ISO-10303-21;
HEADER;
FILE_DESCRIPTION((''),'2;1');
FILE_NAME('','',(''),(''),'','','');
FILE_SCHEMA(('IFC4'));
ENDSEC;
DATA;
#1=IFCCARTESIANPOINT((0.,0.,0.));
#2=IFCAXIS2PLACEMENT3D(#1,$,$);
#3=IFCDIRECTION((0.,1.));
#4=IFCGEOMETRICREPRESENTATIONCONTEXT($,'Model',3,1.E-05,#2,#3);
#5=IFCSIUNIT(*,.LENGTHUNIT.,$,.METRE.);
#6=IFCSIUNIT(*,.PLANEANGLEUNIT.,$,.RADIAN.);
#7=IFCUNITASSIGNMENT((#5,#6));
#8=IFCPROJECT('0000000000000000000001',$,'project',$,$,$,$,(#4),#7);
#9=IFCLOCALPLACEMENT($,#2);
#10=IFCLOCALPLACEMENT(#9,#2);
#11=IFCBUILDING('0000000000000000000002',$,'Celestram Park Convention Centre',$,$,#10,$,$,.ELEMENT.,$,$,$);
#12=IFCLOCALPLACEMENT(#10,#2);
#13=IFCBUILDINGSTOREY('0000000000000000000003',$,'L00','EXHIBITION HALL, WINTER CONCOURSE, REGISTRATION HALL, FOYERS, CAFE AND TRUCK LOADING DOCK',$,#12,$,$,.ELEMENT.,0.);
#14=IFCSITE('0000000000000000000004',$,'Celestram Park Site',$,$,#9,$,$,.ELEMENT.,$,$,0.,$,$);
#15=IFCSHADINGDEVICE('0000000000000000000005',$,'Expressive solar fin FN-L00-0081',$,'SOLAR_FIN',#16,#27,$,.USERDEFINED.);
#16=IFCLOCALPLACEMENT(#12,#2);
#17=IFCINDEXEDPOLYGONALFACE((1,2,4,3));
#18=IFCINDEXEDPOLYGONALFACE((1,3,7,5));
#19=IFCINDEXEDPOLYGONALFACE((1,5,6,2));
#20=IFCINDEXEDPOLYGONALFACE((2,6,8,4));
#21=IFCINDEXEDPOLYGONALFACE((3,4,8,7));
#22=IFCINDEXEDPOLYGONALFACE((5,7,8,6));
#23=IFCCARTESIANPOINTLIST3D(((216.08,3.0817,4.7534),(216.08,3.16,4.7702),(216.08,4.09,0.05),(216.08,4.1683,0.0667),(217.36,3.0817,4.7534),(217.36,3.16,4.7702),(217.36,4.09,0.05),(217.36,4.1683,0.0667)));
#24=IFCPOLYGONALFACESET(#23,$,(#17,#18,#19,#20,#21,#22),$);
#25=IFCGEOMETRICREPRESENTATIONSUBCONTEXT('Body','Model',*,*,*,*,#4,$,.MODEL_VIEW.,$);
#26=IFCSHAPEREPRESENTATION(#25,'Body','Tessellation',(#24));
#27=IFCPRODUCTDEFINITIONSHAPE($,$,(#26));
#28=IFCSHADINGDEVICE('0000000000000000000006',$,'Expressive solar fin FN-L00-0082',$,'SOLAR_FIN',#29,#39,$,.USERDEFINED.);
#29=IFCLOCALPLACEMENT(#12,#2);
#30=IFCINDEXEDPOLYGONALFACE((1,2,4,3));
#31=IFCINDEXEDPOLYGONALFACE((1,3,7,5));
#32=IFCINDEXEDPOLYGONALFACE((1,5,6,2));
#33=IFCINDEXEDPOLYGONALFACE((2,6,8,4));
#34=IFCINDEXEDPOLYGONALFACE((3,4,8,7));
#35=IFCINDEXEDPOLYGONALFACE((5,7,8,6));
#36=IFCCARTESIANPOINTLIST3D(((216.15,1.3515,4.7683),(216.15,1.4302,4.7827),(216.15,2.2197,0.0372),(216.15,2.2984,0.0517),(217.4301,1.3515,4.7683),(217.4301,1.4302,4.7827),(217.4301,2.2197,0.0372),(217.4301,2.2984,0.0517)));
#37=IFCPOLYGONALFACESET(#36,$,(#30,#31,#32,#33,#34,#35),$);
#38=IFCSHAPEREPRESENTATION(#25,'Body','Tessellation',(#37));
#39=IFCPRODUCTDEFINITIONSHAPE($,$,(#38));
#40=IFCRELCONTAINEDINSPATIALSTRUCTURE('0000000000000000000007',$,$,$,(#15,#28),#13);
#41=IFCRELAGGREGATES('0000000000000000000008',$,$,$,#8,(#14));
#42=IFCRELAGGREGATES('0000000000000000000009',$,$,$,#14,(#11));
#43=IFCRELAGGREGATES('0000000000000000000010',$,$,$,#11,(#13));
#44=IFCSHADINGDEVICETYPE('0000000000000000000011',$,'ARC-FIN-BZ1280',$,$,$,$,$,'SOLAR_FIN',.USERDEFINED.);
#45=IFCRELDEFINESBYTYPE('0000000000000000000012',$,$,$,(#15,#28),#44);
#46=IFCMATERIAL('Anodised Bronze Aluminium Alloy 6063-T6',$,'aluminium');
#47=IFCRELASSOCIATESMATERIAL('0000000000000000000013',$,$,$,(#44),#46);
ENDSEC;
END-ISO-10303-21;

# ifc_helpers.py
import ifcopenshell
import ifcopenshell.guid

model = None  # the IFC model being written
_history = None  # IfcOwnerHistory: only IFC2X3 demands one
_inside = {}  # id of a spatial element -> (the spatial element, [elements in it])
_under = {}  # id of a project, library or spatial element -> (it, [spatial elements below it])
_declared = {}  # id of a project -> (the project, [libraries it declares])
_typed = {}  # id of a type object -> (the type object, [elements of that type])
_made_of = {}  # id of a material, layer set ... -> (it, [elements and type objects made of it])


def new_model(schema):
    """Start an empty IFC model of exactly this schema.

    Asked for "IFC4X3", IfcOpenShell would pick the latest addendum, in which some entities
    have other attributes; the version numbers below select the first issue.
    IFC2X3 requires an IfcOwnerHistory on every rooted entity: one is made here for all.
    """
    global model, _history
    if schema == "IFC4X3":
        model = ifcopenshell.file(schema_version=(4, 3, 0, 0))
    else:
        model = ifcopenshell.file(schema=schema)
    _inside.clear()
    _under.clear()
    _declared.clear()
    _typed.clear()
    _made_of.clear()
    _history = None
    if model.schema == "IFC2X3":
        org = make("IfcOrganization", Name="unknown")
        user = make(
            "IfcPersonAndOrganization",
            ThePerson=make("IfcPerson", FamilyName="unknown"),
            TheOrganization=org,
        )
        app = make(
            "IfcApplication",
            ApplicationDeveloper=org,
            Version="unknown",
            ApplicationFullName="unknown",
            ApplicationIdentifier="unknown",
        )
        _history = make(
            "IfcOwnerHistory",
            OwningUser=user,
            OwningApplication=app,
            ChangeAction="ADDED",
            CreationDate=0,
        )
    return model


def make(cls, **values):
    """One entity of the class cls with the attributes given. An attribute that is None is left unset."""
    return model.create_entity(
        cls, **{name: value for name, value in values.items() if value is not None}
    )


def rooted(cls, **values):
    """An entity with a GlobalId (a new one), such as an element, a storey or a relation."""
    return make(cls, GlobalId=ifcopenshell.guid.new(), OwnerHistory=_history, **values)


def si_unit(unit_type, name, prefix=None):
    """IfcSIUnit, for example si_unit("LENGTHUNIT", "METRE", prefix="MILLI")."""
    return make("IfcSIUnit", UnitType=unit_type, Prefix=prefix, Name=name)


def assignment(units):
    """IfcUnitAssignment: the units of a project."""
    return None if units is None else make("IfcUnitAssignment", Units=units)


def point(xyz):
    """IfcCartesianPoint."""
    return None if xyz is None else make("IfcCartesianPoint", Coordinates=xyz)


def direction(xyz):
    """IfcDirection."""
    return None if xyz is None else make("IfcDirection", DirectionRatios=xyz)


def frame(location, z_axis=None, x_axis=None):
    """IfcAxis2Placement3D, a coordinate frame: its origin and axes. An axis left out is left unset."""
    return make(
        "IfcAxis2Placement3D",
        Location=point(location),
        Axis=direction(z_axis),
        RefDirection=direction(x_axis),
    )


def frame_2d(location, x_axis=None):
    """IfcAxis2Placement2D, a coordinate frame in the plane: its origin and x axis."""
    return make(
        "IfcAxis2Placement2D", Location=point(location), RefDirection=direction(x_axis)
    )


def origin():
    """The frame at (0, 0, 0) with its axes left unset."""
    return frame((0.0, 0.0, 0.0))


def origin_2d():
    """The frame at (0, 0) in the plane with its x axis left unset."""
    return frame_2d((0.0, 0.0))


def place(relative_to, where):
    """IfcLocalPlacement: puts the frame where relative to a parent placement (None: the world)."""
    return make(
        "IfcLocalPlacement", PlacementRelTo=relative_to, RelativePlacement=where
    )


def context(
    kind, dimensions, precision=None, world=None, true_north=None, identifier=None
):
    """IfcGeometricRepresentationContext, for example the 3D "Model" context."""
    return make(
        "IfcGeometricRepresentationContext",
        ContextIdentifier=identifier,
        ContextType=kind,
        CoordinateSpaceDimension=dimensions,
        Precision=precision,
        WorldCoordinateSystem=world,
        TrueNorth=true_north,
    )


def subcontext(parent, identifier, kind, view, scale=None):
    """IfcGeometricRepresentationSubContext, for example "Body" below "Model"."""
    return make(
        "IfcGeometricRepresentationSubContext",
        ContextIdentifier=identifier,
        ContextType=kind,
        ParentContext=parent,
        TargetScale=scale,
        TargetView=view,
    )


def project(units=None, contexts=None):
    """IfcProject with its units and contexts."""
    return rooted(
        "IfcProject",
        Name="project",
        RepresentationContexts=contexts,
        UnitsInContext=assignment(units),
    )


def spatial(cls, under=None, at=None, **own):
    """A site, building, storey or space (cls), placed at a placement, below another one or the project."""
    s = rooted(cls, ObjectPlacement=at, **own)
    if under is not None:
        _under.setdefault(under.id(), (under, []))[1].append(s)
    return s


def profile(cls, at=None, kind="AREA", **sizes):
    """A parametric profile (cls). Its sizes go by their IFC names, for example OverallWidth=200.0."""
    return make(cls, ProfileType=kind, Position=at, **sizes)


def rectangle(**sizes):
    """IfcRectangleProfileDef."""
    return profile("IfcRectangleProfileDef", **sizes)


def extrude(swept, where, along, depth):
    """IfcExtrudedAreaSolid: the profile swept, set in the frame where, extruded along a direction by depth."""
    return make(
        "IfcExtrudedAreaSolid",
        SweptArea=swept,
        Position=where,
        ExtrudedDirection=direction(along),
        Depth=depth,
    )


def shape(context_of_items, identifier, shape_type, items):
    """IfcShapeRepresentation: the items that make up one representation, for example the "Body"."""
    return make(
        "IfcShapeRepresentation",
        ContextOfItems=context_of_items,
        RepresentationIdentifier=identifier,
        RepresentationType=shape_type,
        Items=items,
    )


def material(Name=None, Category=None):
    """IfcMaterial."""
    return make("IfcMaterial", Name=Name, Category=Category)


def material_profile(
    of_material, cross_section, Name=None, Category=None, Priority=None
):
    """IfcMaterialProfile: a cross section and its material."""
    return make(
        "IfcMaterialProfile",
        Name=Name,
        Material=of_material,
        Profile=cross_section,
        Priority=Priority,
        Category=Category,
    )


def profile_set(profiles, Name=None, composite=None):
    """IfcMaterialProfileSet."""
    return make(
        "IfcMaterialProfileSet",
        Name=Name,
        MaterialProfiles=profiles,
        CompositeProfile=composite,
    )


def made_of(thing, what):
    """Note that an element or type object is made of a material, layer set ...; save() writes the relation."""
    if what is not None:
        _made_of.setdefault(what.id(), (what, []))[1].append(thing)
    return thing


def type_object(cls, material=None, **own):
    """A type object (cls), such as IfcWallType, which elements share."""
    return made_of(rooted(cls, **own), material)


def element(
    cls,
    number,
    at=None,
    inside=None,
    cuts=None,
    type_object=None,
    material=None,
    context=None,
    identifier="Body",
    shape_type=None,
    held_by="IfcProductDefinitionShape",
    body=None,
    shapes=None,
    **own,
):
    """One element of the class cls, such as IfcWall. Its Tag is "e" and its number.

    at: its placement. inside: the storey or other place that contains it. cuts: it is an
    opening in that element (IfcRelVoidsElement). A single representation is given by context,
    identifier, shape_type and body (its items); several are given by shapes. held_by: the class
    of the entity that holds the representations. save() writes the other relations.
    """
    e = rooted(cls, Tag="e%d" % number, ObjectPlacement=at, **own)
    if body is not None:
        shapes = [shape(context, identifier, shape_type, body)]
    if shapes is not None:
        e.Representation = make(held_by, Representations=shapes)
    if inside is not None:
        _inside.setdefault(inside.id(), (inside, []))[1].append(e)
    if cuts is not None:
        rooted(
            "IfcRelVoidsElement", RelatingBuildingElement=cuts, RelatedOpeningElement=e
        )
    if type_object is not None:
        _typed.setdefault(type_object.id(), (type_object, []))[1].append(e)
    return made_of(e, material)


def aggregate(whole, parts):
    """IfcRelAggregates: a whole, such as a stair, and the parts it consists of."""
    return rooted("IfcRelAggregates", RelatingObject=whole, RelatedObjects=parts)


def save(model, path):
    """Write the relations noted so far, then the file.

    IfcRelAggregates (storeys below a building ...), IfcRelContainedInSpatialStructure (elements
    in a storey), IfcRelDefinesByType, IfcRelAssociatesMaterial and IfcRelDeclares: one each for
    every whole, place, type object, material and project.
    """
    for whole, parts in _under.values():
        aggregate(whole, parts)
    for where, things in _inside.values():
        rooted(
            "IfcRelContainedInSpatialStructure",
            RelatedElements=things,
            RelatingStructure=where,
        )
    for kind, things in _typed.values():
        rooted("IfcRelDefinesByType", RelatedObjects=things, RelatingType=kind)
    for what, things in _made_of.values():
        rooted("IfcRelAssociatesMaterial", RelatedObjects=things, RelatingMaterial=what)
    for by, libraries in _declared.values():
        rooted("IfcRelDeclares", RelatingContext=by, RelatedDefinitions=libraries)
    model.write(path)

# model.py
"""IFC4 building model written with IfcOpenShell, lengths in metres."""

from ifc_helpers import new_model, si_unit, direction, frame, origin, origin_2d, place, context, subcontext, project, spatial, rectangle, extrude, material, material_profile, profile_set, type_object, element, save


model = new_model("IFC4")

# Units and contexts
model_context = context("Model", 3, precision=1e-05, world=origin(), true_north=direction((0.0, 1.0)))
body_context = subcontext(model_context, "Body", "Model", "MODEL_VIEW")
ifc_project = project(units=[si_unit("LENGTHUNIT", "METRE"), si_unit("PLANEANGLEUNIT", "RADIAN")], contexts=[model_context])

# Site, building, storey
site_placement = place(None, origin())
site = spatial("IfcSite", under=ifc_project, at=site_placement, Name="Celestram Park Site", CompositionType="ELEMENT", RefElevation=0.0)
building_placement = place(site_placement, origin())
building = spatial("IfcBuilding", under=site, at=building_placement, Name="Celestram Park Convention Centre", CompositionType="ELEMENT")
storey_placement = place(building_placement, origin())
storey = spatial("IfcBuildingStorey", under=building, at=storey_placement, Name="L00", Description="EXHIBITION HALL, WINTER CONCOURSE, REGISTRATION HALL, FOYERS, CAFE AND TRUCK LOADING DOCK", CompositionType="ELEMENT", Elevation=0.0)

# Shading devices
ifc_material_1 = material(Name="Anodised Bronze Aluminium Alloy 6063-T6", Category="aluminium")
ifc_material_profile_1 = material_profile(ifc_material_1, rectangle(XDim=1.28, YDim=0.0801, at=origin_2d()), Name="FIN1280X80")
ifc_profile_set_1 = profile_set([ifc_material_profile_1], Name="Anodised Bronze Aluminium Alloy 6063-T6")
shading_device_type = type_object("IfcShadingDeviceType", Name="ARC-FIN-BZ1280", ElementType="SOLAR_FIN", PredefinedType="USERDEFINED", material=ifc_profile_set_1)
shading_device_1_placement = place(storey_placement, frame((216.72, 4.1292, 0.0583), z_axis=(0.0, -0.209616, 0.977784), x_axis=(1.0, 0.0, 0.0)))
element("IfcShadingDevice", 1, at=shading_device_1_placement, inside=storey, type_object=shading_device_type, Name="Expressive solar fin FN-L00-0081", ObjectType="SOLAR_FIN", PredefinedType="USERDEFINED", context=body_context, shape_type="SweptSolid", body=[
    extrude(rectangle(XDim=1.28, YDim=0.0801, at=origin_2d()), origin(), (0.0, 0.0, 1.0), 4.8103),
])
shading_device_2_placement = place(storey_placement, frame((216.79, 2.259, 0.0444), z_axis=(0.0, -0.180493, 0.983576), x_axis=(1.0, 0.0, 0.0)))
element("IfcShadingDevice", 2, at=shading_device_2_placement, inside=storey, type_object=shading_device_type, Name="Expressive solar fin FN-L00-0082", ObjectType="SOLAR_FIN", PredefinedType="USERDEFINED", context=body_context, shape_type="SweptSolid", body=[
    extrude(rectangle(XDim=1.28, YDim=0.0801, at=origin_2d()), origin(), (0.0, 0.0, 1.0), 4.8101),
])

save(model, "model.ifc")
